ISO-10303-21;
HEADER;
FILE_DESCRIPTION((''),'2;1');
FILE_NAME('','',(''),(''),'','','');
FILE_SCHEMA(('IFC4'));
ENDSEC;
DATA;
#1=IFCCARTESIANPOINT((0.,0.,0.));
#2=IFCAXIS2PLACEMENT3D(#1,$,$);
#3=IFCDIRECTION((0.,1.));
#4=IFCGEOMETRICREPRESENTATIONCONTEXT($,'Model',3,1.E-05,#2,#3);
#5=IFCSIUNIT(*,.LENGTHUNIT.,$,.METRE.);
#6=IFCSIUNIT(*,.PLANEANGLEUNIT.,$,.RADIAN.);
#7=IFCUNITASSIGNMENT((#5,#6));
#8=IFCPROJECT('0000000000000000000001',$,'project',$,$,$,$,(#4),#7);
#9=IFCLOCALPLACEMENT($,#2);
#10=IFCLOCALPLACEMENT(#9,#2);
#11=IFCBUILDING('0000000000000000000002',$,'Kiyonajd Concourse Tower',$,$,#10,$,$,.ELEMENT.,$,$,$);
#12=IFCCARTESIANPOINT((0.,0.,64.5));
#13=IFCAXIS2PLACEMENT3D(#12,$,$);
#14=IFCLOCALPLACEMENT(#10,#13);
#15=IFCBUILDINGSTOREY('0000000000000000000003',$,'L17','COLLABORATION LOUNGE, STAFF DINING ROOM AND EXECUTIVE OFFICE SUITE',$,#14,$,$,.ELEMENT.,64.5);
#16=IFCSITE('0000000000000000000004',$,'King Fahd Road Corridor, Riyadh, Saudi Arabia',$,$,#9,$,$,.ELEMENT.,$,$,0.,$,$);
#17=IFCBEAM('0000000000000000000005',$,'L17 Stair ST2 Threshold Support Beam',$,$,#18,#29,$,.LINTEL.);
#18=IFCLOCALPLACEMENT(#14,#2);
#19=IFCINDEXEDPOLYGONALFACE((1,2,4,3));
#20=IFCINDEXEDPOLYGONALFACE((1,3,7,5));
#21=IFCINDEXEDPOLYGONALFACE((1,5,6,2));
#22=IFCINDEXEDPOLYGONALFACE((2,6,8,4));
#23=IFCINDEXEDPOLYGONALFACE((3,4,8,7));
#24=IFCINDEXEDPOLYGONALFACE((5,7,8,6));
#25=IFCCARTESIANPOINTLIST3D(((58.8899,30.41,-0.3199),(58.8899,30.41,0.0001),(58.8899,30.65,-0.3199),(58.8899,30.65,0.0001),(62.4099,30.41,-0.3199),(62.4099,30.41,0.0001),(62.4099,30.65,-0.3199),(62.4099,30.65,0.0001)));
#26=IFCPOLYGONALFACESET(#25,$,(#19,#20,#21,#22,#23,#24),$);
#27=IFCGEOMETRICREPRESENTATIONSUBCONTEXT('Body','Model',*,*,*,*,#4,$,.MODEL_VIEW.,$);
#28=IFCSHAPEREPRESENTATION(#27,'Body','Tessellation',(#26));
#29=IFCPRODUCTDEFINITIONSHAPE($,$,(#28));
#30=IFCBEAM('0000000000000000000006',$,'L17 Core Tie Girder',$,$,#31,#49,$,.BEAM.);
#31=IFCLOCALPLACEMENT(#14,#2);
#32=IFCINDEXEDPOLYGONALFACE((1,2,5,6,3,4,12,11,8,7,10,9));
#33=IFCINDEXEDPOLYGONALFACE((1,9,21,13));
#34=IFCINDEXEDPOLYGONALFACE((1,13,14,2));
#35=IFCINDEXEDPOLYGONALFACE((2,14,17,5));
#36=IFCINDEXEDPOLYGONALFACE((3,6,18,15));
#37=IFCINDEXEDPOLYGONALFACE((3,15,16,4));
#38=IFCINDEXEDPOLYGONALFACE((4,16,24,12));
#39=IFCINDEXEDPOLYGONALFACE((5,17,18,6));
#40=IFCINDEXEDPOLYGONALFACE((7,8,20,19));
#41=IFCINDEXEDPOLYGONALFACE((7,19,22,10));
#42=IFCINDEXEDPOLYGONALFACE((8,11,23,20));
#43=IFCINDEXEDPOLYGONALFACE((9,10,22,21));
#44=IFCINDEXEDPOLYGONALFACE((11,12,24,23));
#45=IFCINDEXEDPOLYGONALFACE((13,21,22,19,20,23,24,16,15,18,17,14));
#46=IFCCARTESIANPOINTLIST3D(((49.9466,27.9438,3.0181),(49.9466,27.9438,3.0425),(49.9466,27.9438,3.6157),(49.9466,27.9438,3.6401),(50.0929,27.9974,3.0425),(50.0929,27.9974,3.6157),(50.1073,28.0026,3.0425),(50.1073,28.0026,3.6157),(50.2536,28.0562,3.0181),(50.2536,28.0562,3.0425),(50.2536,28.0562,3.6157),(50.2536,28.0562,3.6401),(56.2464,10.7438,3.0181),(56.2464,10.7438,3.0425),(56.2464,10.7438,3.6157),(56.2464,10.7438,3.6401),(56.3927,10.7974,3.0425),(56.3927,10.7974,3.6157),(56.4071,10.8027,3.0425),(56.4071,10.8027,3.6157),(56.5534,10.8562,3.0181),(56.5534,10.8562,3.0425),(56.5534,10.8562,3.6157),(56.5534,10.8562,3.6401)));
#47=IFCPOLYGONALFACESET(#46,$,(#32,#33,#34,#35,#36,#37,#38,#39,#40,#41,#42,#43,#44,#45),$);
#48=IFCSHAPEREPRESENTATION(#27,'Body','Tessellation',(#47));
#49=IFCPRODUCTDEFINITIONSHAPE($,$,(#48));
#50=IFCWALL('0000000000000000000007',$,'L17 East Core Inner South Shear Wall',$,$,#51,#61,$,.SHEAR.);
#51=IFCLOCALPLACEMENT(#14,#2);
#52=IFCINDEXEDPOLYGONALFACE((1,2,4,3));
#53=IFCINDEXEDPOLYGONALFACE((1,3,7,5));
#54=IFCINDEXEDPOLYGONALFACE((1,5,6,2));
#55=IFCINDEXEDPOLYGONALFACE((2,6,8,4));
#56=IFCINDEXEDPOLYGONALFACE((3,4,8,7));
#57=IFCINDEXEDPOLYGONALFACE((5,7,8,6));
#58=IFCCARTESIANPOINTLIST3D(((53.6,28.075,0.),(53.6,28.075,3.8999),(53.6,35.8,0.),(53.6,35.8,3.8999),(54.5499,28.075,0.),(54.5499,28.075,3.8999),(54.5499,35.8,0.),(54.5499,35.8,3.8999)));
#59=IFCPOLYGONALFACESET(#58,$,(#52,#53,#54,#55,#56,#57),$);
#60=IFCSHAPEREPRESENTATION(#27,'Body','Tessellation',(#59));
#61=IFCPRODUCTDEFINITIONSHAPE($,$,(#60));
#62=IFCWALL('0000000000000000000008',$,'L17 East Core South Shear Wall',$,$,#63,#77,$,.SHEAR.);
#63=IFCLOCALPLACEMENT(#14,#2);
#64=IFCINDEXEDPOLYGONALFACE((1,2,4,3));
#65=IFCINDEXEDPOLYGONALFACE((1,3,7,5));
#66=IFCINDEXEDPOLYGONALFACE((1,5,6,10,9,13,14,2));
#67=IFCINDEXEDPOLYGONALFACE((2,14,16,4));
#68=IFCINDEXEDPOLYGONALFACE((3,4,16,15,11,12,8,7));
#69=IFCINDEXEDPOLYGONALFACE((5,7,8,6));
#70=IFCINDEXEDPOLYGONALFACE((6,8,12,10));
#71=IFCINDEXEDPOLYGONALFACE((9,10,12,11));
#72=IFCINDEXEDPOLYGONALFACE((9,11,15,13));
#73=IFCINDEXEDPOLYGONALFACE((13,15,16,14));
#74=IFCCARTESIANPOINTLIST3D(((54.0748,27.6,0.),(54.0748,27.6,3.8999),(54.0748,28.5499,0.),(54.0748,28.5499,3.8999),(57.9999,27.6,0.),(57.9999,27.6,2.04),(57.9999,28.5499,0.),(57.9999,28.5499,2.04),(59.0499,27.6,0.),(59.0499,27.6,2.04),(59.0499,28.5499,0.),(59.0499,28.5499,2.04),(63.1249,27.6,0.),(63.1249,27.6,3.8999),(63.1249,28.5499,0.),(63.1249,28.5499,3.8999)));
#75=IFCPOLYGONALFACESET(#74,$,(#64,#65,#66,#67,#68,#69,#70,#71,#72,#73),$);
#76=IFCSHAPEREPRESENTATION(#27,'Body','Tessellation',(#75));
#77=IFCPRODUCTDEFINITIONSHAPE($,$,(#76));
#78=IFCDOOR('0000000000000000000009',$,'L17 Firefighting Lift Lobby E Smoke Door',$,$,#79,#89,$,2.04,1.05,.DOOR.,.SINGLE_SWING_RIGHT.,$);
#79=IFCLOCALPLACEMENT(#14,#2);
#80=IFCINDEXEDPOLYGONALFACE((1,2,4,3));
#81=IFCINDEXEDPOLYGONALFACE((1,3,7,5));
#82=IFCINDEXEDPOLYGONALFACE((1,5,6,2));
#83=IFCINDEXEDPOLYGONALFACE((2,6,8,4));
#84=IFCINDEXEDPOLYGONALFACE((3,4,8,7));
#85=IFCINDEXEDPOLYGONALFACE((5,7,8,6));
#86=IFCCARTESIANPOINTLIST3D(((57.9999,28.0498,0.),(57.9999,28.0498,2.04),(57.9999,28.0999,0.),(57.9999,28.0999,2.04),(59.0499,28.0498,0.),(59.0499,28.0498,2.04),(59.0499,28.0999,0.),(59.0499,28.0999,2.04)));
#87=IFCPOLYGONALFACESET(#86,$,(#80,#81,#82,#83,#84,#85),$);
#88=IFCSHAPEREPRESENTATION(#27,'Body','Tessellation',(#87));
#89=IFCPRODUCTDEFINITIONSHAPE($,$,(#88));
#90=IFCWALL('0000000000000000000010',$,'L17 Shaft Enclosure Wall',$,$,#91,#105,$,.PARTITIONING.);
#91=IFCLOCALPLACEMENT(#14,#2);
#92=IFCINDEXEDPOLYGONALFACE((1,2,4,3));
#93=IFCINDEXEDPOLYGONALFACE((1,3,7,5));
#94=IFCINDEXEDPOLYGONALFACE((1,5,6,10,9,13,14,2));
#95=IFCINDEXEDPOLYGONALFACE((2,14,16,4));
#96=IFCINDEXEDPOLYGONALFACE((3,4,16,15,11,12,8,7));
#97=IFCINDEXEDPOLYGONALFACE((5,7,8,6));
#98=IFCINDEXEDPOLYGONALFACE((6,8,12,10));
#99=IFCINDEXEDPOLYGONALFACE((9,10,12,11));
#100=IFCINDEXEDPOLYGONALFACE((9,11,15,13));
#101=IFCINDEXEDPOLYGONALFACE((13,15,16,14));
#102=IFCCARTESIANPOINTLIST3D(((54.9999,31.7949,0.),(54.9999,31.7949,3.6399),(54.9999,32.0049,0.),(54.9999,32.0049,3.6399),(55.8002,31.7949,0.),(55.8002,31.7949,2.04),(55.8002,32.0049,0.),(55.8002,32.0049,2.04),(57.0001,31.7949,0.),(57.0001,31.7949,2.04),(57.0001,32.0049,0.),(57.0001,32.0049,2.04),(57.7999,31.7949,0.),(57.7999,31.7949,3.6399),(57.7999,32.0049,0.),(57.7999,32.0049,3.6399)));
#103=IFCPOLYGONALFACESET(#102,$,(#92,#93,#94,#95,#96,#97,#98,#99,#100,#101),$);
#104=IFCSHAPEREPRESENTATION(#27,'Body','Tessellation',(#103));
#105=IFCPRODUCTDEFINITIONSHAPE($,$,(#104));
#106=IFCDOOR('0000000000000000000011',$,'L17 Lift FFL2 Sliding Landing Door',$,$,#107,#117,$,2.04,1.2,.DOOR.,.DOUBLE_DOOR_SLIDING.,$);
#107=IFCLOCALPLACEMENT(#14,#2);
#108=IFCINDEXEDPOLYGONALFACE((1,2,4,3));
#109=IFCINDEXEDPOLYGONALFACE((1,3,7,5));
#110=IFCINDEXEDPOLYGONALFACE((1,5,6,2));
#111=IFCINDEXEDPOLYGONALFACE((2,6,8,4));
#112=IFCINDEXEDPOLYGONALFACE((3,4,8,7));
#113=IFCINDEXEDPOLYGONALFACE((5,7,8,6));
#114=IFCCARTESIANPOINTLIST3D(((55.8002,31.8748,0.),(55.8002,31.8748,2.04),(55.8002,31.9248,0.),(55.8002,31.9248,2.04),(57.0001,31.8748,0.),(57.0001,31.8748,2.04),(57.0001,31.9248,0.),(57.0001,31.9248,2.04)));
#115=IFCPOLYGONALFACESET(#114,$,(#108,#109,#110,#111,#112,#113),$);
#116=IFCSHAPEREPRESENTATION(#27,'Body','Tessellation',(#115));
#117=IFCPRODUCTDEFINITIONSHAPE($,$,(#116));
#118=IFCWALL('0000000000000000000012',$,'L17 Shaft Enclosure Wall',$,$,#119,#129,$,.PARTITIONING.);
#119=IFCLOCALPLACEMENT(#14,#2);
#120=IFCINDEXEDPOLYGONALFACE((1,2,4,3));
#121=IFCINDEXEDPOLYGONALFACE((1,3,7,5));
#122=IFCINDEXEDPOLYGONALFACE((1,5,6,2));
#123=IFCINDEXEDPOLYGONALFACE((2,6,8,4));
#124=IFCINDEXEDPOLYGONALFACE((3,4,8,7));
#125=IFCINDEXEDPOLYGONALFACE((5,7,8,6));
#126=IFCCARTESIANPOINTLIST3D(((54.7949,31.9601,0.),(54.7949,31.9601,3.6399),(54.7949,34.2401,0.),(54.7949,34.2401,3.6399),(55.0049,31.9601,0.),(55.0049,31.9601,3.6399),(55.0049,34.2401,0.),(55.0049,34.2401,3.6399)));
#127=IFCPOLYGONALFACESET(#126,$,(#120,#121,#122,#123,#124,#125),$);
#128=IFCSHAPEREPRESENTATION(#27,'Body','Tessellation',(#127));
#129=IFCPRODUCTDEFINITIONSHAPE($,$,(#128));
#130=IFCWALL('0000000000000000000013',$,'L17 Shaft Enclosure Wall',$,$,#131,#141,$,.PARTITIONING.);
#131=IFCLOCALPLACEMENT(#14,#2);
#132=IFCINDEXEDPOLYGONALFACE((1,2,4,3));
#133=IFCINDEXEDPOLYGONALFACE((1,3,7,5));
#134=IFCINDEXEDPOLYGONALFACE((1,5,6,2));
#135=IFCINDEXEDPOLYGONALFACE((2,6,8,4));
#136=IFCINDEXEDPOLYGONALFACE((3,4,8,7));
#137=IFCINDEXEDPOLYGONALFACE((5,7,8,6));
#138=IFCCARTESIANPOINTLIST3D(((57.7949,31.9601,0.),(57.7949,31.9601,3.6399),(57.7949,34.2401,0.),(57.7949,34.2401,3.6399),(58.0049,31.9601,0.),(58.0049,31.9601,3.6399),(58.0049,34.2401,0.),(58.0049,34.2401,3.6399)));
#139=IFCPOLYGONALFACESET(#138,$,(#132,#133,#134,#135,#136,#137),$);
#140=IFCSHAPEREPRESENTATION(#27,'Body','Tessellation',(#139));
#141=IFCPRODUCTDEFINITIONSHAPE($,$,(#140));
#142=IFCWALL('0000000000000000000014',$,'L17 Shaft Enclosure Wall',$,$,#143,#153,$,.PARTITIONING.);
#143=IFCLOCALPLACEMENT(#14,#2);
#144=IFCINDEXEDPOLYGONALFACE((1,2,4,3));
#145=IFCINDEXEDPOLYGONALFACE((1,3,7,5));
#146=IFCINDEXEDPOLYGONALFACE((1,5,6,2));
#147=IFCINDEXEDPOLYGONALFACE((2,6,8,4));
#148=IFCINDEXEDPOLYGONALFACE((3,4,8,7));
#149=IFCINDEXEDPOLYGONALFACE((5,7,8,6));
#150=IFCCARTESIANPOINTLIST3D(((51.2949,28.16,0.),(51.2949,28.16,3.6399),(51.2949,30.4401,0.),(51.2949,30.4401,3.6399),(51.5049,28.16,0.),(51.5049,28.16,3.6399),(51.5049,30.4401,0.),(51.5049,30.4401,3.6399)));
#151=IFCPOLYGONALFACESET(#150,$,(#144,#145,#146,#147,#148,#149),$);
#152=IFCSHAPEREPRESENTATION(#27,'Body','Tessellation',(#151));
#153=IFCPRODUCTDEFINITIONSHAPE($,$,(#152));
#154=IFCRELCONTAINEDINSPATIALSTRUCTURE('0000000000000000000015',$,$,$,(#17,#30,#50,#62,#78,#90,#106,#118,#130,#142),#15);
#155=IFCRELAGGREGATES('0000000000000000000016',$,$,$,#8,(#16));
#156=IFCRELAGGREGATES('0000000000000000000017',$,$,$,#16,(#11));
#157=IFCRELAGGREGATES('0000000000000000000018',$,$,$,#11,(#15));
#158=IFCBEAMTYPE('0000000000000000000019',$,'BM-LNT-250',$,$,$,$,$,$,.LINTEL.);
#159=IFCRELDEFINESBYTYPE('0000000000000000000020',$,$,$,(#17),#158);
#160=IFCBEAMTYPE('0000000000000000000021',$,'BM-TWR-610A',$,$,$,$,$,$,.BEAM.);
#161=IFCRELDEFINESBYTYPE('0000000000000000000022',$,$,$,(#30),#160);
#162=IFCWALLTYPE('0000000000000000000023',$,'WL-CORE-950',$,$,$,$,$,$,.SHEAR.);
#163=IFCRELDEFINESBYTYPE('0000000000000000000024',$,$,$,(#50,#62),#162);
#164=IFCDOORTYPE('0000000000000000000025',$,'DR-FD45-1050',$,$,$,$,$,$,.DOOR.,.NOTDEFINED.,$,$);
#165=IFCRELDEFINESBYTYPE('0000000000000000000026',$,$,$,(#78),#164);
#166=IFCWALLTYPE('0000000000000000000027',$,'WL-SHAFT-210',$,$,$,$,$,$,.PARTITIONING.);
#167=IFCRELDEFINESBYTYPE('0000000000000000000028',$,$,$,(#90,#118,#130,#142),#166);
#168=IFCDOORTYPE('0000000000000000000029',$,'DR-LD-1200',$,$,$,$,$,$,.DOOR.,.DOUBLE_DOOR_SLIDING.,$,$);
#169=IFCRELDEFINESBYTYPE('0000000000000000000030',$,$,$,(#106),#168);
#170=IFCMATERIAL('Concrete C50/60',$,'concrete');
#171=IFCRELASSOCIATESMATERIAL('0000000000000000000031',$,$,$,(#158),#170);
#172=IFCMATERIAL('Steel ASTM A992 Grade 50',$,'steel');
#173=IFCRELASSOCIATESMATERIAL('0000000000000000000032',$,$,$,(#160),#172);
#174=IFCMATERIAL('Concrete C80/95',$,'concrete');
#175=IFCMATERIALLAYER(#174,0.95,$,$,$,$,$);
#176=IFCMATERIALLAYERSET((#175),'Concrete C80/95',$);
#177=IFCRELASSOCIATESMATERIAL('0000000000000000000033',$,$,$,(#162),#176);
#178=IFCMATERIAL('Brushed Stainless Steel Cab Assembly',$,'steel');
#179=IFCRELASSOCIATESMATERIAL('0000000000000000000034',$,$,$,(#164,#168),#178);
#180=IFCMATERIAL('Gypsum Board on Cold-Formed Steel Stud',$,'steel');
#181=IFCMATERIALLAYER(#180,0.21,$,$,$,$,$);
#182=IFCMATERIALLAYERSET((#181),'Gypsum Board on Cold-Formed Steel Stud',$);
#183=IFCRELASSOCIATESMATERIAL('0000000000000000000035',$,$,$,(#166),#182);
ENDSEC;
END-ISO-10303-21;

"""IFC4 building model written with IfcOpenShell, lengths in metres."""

from ifc_helpers import new_model, si_unit, direction, frame, frame_2d, origin, origin_2d, place, context, subcontext, project, spatial, rectangle, i_section, extrude, material, layer, layer_set, material_profile, profile_set, type_object, element, fill, save


model = new_model("IFC4")

# Units and contexts
model_context = context("Model", 3, precision=1e-05, world=origin(), true_north=direction((0.0, 1.0)))
body_context = subcontext(model_context, "Body", "Model", "MODEL_VIEW")
ifc_project = project(units=[si_unit("LENGTHUNIT", "METRE"), si_unit("PLANEANGLEUNIT", "RADIAN")], contexts=[model_context])

# Site, building, storey
site_placement = place(None, origin())
site = spatial("IfcSite", under=ifc_project, at=site_placement, Name="King Fahd Road Corridor, Riyadh, Saudi Arabia", CompositionType="ELEMENT", RefElevation=0.0)
building_placement = place(site_placement, origin())
building = spatial("IfcBuilding", under=site, at=building_placement, Name="Kiyonajd Concourse Tower", CompositionType="ELEMENT")
storey_placement = place(building_placement, frame((0.0, 0.0, 64.5)))
storey = spatial("IfcBuildingStorey", under=building, at=storey_placement, Name="L17", Description="COLLABORATION LOUNGE, STAFF DINING ROOM AND EXECUTIVE OFFICE SUITE", CompositionType="ELEMENT", Elevation=64.5)

# Beams
ifc_material_1 = material(Name="Concrete C50/60", Category="concrete")
ifc_material_profile_1 = material_profile(ifc_material_1, rectangle(XDim=0.24, YDim=0.3201, at=origin_2d()), Name="RCBM-240x320")
ifc_profile_set_1 = profile_set([ifc_material_profile_1], Name="Concrete C50/60")
beam_type_1 = type_object("IfcBeamType", Name="BM-LNT-250", PredefinedType="LINTEL", material=ifc_profile_set_1)
beam_1_placement = place(storey_placement, frame((58.8899, 30.53, -0.1599), z_axis=(1.0, 0.0, 0.0), x_axis=(0.0, 1.0, 0.0)))
element("IfcBeam", 1, at=beam_1_placement, inside=storey, type_object=beam_type_1, Name="L17 Stair ST2 Threshold Support Beam", PredefinedType="LINTEL", context=body_context, shape_type="SweptSolid", body=[
    extrude(rectangle(XDim=0.24, YDim=0.3201, at=origin_2d()), origin(), (0.0, 0.0, 1.0), 3.52),
])
ifc_material_2 = material(Name="Steel ASTM A992 Grade 50", Category="steel")
ifc_material_profile_2 = material_profile(ifc_material_2, i_section(OverallWidth=0.3269, OverallDepth=0.6221, WebThickness=0.0154, FlangeThickness=0.0244, at=origin_2d()), Name="W610X195")
ifc_profile_set_2 = profile_set([ifc_material_profile_2], Name="Steel ASTM A992 Grade 50")
beam_type_2 = type_object("IfcBeamType", Name="BM-TWR-610A", PredefinedType="BEAM", material=ifc_profile_set_2)
beam_2_placement = place(storey_placement, frame((50.1001, 28.0, 3.3291), z_axis=(0.343925, -0.938997, 0.0), x_axis=(0.938997, 0.343925, 0.0)))
element("IfcBeam", 2, at=beam_2_placement, inside=storey, type_object=beam_type_2, Name="L17 Core Tie Girder", PredefinedType="BEAM", context=body_context, shape_type="SweptSolid", body=[
    extrude(i_section(OverallWidth=0.3269, OverallDepth=0.6221, WebThickness=0.0154, FlangeThickness=0.0244, at=origin_2d()), origin(), (0.0, 0.0, 1.0), 18.3174),
])

# Wall
ifc_material_3 = material(Name="Concrete C80/95", Category="concrete")
ifc_layer_1 = layer(ifc_material_3, 0.95)
ifc_layer_set_1 = layer_set([ifc_layer_1], Name="Concrete C80/95")
wall_type_1 = type_object("IfcWallType", Name="WL-CORE-950", PredefinedType="SHEAR", material=ifc_layer_set_1)
wall_1_placement = place(storey_placement, frame((54.075, 28.075, 0.0), z_axis=(0.0, 0.0, 1.0), x_axis=(0.0, 1.0, 0.0)))
element("IfcWall", 3, at=wall_1_placement, inside=storey, type_object=wall_type_1, Name="L17 East Core Inner South Shear Wall", PredefinedType="SHEAR", context=body_context, shape_type="SweptSolid", body=[
    extrude(rectangle(XDim=7.7251, YDim=0.95, at=frame_2d((3.8625, 0.0))), origin(), (0.0, 0.0, 1.0), 3.8999),
])

# Walls, openings, doors
wall_2_placement = place(storey_placement, frame((54.075, 28.075, 0.0), z_axis=(0.0, 0.0, 1.0), x_axis=(1.0, 0.0, 0.0)))
wall_2 = element("IfcWall", 4, at=wall_2_placement, inside=storey, type_object=wall_type_1, Name="L17 East Core South Shear Wall", PredefinedType="SHEAR", context=body_context, shape_type="SweptSolid", body=[
    extrude(rectangle(XDim=9.05, YDim=0.95, at=frame_2d((4.5249, 0.0))), origin(), (0.0, 0.0, 1.0), 3.8999),
])
opening_1_placement = place(wall_2_placement, frame((3.925, 0.0, 0.0)))
opening_1 = element("IfcOpeningElement", 5, at=opening_1_placement, cuts=wall_2, PredefinedType="OPENING", context=body_context, shape_type="SweptSolid", body=[
    extrude(rectangle(XDim=1.05, YDim=2.04, at=frame_2d((0.5249, 1.02))), frame((0.0, 0.4849, 0.0), z_axis=(0.0, -1.0, 0.0), x_axis=(1.0, 0.0, 0.0)), (0.0, 0.0, 1.0), 0.97),
])
ifc_material_4 = material(Name="Brushed Stainless Steel Cab Assembly", Category="steel")
door_type_1 = type_object("IfcDoorType", Name="DR-FD45-1050", OperationType="NOTDEFINED", PredefinedType="DOOR", material=ifc_material_4)
door_1_placement = place(opening_1_placement, origin())
door_1 = element("IfcDoor", 6, at=door_1_placement, inside=storey, type_object=door_type_1, Name="L17 Firefighting Lift Lobby E Smoke Door", OperationType="SINGLE_SWING_RIGHT", OverallHeight=2.04, OverallWidth=1.05, PredefinedType="DOOR", context=body_context, shape_type="SweptSolid", body=[
    extrude(rectangle(XDim=1.05, YDim=2.04, at=frame_2d((0.5249, 1.02))), frame((0.0, 0.0249, 0.0), z_axis=(0.0, -1.0, 0.0), x_axis=(1.0, 0.0, 0.0)), (0.0, 0.0, 1.0), 0.05),
])
fill(opening_1, door_1)
ifc_material_5 = material(Name="Gypsum Board on Cold-Formed Steel Stud", Category="steel")
ifc_layer_2 = layer(ifc_material_5, 0.21)
ifc_layer_set_2 = layer_set([ifc_layer_2], Name="Gypsum Board on Cold-Formed Steel Stud")
wall_type_2 = type_object("IfcWallType", Name="WL-SHAFT-210", PredefinedType="PARTITIONING", material=ifc_layer_set_2)
wall_3_placement = place(storey_placement, frame((55.0, 31.8999, 0.0), z_axis=(0.0, 0.0, 1.0), x_axis=(1.0, 0.0, 0.0)))
wall_3 = element("IfcWall", 7, at=wall_3_placement, inside=storey, type_object=wall_type_2, Name="L17 Shaft Enclosure Wall", PredefinedType="PARTITIONING", context=body_context, shape_type="SweptSolid", body=[
    extrude(rectangle(XDim=2.8, YDim=0.21, at=frame_2d((1.3999, 0.0))), origin(), (0.0, 0.0, 1.0), 3.6399),
])
opening_2_placement = place(wall_3_placement, frame((0.8, 0.0, 0.0)))
opening_2 = element("IfcOpeningElement", 8, at=opening_2_placement, cuts=wall_3, PredefinedType="OPENING", context=body_context, shape_type="SweptSolid", body=[
    extrude(rectangle(XDim=1.2, YDim=2.04, at=frame_2d((0.6001, 1.02))), frame((0.0, 0.115, 0.0), z_axis=(0.0, -1.0, 0.0), x_axis=(1.0, 0.0, 0.0)), (0.0, 0.0, 1.0), 0.23),
])
door_type_2 = type_object("IfcDoorType", Name="DR-LD-1200", OperationType="DOUBLE_DOOR_SLIDING", PredefinedType="DOOR", material=ifc_material_4)
door_2_placement = place(opening_2_placement, origin())
door_2 = element("IfcDoor", 9, at=door_2_placement, inside=storey, type_object=door_type_2, Name="L17 Lift FFL2 Sliding Landing Door", OperationType="DOUBLE_DOOR_SLIDING", OverallHeight=2.04, OverallWidth=1.2, PredefinedType="DOOR", context=body_context, shape_type="SweptSolid", body=[
    extrude(rectangle(XDim=1.2, YDim=2.04, at=frame_2d((0.6001, 1.02))), frame((0.0, 0.0249, 0.0), z_axis=(0.0, -1.0, 0.0), x_axis=(1.0, 0.0, 0.0)), (0.0, 0.0, 1.0), 0.05),
])
fill(opening_2, door_2)

# Walls
for number, where, z_axis, x_axis, name in (
    (10, (54.8999, 31.96, 0.0), (0.0, 0.0, 1.0), (0.0, 1.0, 0.0), "L17 Shaft Enclosure Wall"),
    (11, (57.8999, 31.96, 0.0), (0.0, 0.0, 1.0), (0.0, 1.0, 0.0), "L17 Shaft Enclosure Wall"),
    (12, (51.3999, 28.1599, 0.0), (0.0, 0.0, 1.0), (0.0, 1.0, 0.0), "L17 Shaft Enclosure Wall"),
):
    element("IfcWall", number, at=place(storey_placement, frame(where, z_axis=z_axis, x_axis=x_axis)), inside=storey, type_object=wall_type_2, Name=name, PredefinedType="PARTITIONING", context=body_context, shape_type="SweptSolid", body=[
        extrude(rectangle(XDim=2.28, YDim=0.21, at=frame_2d((1.1401, 0.0))), origin(), (0.0, 0.0, 1.0), 3.6399),
    ])

save(model, "model.ifc")
